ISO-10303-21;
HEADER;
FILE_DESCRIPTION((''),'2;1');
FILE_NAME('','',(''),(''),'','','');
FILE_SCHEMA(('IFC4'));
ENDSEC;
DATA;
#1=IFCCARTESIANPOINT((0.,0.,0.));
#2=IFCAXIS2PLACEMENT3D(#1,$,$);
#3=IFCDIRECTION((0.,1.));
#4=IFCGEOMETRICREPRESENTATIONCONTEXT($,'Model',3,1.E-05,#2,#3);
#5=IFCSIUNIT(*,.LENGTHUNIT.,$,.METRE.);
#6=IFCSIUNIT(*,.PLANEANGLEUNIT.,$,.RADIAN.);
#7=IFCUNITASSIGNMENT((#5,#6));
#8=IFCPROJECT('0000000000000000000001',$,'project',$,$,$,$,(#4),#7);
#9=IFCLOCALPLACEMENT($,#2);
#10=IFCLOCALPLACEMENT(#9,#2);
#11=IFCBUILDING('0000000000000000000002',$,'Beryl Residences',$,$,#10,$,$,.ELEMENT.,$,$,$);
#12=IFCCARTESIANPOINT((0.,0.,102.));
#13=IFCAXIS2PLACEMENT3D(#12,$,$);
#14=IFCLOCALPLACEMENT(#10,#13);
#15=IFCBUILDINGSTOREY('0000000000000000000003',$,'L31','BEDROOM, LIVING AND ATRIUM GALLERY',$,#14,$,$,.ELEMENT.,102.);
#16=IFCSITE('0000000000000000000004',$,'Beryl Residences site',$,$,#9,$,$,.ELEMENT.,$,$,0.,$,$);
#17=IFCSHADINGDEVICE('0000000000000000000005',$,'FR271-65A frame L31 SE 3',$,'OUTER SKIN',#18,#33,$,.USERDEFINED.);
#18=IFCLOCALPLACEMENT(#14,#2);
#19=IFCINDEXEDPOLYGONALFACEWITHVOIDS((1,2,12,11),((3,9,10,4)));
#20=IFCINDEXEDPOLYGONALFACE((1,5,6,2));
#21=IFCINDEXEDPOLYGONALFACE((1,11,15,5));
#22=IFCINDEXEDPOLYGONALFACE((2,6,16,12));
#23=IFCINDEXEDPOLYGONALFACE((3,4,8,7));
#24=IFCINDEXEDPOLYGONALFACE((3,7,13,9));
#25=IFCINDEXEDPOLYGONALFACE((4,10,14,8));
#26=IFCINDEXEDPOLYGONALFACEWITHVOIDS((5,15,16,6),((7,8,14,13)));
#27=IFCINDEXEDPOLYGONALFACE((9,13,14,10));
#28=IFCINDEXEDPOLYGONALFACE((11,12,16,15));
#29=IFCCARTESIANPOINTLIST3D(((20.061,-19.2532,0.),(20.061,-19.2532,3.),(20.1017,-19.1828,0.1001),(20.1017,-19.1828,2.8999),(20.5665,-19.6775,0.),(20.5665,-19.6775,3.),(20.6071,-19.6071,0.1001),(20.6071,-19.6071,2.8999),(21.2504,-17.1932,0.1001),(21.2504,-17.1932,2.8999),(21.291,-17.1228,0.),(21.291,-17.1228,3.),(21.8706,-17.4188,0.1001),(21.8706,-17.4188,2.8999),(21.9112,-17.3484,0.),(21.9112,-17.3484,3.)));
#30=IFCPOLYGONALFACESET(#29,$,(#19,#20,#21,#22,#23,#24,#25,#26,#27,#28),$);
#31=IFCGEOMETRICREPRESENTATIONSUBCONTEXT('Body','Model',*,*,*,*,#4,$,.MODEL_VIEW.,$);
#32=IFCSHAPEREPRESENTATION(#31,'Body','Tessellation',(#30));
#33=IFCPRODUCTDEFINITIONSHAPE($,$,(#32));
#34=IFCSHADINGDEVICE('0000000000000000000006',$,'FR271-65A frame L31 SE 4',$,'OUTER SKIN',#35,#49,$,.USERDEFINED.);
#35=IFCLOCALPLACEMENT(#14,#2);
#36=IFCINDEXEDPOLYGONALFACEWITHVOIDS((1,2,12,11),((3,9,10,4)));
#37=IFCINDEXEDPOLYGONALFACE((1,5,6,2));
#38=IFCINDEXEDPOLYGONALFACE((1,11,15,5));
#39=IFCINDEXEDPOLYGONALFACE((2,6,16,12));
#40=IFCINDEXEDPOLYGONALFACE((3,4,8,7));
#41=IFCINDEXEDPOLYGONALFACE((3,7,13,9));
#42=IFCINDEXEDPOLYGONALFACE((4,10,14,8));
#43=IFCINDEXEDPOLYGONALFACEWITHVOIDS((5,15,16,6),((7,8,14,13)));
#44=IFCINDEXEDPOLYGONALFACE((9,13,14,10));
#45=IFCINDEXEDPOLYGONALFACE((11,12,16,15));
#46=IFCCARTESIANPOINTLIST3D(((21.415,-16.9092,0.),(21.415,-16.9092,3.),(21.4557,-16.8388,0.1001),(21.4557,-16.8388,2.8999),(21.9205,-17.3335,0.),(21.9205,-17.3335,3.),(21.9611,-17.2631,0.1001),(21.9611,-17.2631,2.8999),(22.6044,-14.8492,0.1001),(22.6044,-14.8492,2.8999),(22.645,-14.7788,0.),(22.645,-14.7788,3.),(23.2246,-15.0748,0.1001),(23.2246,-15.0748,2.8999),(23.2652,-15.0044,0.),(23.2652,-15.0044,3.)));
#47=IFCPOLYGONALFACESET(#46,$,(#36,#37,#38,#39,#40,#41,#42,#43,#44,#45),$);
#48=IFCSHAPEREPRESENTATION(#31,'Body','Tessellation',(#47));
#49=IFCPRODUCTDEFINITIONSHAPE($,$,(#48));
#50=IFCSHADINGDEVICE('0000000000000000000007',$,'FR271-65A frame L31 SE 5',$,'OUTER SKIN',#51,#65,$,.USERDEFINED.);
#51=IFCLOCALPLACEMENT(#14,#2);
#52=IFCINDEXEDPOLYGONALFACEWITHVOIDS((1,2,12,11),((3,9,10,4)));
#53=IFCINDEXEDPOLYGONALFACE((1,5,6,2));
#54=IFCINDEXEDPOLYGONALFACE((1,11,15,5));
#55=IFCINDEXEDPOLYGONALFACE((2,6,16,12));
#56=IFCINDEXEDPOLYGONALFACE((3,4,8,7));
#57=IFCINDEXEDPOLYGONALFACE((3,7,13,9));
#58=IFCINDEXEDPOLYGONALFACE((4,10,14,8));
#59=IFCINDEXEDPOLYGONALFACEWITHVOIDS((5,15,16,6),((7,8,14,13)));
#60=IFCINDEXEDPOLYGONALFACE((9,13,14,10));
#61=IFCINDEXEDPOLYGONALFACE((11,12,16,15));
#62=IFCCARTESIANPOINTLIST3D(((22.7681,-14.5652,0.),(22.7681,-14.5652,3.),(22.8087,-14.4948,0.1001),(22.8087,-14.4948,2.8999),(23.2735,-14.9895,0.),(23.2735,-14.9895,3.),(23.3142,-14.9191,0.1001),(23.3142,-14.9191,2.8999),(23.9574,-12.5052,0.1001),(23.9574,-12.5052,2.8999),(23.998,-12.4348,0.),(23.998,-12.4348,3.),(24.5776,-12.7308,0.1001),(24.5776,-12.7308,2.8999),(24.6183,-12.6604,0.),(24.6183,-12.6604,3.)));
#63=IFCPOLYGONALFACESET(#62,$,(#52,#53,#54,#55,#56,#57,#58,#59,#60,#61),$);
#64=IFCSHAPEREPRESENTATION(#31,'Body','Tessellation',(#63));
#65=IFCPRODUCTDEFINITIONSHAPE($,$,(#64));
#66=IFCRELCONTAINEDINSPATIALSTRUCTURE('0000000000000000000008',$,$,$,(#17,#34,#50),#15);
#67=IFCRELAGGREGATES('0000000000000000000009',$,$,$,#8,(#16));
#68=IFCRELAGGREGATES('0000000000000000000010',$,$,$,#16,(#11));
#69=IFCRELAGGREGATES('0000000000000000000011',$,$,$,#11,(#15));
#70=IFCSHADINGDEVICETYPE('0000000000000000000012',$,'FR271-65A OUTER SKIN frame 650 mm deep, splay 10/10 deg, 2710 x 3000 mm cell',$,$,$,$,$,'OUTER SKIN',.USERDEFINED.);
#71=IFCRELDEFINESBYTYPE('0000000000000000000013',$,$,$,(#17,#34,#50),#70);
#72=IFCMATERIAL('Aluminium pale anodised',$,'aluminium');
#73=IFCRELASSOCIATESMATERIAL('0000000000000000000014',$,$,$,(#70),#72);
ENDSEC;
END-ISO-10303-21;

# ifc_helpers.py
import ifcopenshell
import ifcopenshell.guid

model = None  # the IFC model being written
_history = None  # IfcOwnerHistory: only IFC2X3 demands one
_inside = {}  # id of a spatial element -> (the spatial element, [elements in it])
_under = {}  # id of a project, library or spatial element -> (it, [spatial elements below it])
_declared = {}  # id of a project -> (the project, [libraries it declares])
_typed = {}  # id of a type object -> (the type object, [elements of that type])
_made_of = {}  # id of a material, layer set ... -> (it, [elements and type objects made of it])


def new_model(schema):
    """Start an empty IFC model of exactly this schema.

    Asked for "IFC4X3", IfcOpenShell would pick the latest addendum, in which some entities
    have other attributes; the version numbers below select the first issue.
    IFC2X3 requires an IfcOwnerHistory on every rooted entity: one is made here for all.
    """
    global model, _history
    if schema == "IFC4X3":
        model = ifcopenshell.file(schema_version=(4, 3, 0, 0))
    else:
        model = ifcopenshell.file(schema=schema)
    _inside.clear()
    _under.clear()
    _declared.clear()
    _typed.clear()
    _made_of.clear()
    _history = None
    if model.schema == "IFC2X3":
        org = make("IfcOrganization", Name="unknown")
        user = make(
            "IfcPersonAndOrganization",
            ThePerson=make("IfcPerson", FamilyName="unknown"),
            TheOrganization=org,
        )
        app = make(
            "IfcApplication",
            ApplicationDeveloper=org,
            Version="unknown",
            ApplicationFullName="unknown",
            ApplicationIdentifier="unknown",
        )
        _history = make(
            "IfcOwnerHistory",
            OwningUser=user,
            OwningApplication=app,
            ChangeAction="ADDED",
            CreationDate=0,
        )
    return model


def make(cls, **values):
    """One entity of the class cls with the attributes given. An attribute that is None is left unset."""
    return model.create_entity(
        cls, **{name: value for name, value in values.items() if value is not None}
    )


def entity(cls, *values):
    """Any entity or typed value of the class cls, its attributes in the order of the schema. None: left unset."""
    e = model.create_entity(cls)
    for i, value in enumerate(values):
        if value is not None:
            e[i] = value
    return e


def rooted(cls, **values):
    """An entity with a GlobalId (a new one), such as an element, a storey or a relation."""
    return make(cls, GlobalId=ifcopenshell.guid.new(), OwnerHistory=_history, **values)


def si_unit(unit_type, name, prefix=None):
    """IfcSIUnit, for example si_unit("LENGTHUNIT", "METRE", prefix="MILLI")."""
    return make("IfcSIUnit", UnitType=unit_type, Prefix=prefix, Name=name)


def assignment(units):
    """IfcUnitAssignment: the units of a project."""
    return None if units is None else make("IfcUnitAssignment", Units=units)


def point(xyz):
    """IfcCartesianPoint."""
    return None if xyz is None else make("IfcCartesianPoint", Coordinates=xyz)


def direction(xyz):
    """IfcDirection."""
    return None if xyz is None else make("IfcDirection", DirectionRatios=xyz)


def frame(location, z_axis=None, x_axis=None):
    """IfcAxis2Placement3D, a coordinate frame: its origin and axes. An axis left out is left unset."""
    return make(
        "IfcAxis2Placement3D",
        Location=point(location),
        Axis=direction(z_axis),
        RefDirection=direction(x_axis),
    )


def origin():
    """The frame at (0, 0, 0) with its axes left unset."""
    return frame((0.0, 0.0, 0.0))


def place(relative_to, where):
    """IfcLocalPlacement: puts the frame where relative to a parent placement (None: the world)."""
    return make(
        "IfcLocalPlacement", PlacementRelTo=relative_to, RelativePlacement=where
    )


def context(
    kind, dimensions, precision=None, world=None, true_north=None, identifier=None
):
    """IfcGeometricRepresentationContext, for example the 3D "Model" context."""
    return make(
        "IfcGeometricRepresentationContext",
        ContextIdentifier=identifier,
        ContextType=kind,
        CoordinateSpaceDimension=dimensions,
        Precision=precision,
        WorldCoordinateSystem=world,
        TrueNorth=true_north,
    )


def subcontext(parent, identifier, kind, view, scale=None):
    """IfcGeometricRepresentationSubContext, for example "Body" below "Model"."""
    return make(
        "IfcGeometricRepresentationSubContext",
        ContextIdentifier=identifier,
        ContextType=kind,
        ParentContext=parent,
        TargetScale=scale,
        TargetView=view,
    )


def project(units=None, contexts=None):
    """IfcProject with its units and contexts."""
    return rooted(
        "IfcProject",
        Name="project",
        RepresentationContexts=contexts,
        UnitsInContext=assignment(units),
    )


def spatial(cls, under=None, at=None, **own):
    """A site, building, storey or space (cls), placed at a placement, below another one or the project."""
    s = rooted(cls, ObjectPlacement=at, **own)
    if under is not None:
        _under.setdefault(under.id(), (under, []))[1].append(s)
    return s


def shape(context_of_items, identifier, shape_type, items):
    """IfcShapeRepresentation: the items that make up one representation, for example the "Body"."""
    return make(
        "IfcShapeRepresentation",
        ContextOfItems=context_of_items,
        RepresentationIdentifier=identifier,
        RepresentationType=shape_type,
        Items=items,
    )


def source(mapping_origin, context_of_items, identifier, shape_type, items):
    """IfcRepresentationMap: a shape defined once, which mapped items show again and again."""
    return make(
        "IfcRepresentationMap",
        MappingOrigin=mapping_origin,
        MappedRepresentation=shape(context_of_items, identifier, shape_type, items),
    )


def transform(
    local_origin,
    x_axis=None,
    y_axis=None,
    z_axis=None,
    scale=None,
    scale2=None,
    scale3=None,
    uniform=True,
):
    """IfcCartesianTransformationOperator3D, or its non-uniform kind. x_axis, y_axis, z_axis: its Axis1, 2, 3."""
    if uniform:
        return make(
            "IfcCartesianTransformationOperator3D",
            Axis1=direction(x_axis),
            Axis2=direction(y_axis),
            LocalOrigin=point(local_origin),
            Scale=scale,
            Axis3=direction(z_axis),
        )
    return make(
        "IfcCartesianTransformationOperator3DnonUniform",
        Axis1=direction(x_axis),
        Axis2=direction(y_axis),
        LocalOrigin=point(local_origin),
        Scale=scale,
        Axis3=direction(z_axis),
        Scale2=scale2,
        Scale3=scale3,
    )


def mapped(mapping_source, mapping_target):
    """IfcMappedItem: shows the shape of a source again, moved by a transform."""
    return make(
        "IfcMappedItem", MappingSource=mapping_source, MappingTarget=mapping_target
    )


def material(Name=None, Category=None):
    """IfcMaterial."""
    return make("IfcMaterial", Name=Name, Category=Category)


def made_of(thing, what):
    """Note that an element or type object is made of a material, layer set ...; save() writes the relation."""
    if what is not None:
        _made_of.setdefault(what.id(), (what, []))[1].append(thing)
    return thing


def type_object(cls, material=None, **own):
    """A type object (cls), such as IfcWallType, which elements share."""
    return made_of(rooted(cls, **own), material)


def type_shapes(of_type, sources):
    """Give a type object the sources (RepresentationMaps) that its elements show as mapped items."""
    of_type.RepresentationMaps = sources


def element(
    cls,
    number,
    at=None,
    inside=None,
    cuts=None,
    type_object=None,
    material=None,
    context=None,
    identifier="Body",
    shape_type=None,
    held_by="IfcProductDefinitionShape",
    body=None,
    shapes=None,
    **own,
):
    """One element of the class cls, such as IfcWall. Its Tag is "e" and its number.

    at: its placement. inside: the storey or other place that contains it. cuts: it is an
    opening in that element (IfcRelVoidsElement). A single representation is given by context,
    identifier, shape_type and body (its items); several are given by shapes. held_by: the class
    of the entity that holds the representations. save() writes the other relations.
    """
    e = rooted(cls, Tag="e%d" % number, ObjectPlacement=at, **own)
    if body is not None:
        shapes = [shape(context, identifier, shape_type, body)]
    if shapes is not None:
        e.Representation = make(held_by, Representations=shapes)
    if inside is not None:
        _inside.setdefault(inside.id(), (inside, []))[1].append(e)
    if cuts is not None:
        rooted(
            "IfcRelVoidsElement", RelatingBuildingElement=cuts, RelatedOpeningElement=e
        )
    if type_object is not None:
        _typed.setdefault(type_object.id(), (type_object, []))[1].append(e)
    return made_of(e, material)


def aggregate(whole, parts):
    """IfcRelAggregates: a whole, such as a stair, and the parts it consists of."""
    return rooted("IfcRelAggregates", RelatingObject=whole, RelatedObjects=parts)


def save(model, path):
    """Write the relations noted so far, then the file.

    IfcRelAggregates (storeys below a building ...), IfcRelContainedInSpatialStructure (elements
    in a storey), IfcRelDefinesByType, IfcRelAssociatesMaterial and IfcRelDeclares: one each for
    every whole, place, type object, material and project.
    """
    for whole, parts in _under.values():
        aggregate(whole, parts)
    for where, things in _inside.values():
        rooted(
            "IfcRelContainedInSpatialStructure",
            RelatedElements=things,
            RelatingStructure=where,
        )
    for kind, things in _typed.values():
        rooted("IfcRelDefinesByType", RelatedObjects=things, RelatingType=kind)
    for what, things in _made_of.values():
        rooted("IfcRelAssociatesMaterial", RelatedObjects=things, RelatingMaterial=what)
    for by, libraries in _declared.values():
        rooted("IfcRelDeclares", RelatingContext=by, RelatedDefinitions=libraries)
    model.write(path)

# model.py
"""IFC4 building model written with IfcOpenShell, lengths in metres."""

from ifc_helpers import new_model, entity, si_unit, direction, frame, origin, place, context, subcontext, project, spatial, source, transform, mapped, material, type_object, type_shapes, element, save


model = new_model("IFC4")

# Units and contexts
model_context = context("Model", 3, precision=1e-05, world=origin(), true_north=direction((0.0, 1.0)))
body_context = subcontext(model_context, "Body", "Model", "MODEL_VIEW")
ifc_project = project(units=[si_unit("LENGTHUNIT", "METRE"), si_unit("PLANEANGLEUNIT", "RADIAN")], contexts=[model_context])

# Site, building, storey
site_placement = place(None, origin())
site = spatial("IfcSite", under=ifc_project, at=site_placement, Name="Beryl Residences site", CompositionType="ELEMENT", RefElevation=0.0)
building_placement = place(site_placement, origin())
building = spatial("IfcBuilding", under=site, at=building_placement, Name="Beryl Residences", CompositionType="ELEMENT")
storey_placement = place(building_placement, frame((0.0, 0.0, 102.0)))
storey = spatial("IfcBuildingStorey", under=building, at=storey_placement, Name="L31", Description="BEDROOM, LIVING AND ATRIUM GALLERY", CompositionType="ELEMENT", Elevation=102.0)

# Shading devices
ifc_material_1 = material(Name="Aluminium pale anodised", Category="aluminium")
shading_device_type_1 = type_object("IfcShadingDeviceType", Name="FR271-65A OUTER SKIN frame 650 mm deep, splay 10/10 deg, 2710 x 3000 mm cell", ElementType="OUTER SKIN", PredefinedType="USERDEFINED", material=ifc_material_1)
cartesian_point_1 = entity("IfcCartesianPoint", [-1.23, 0.0])
cartesian_point_2 = entity("IfcCartesianPoint", [-1.1487, 0.1001])
cartesian_point_3 = entity("IfcCartesianPoint", [-1.3447, 0.0])
cartesian_point_4 = entity("IfcCartesianPoint", [-1.2634, 0.1001])
shared_shape_1 = source(origin(), body_context, "Body", "SweptSolid", [
    entity("IfcExtrudedAreaSolidTapered", entity("IfcArbitraryProfileDefWithVoids", "AREA", None, entity("IfcPolyline", [cartesian_point_1, entity("IfcCartesianPoint", [1.23, 0.0]), entity("IfcCartesianPoint", [1.23, 3.0]), entity("IfcCartesianPoint", [-1.23, 3.0]), cartesian_point_1]), [entity("IfcPolyline", [cartesian_point_2, entity("IfcCartesianPoint", [1.1487, 0.1001]), entity("IfcCartesianPoint", [1.1487, 2.8999]), entity("IfcCartesianPoint", [-1.1487, 2.8999]), cartesian_point_2])]), entity("IfcAxis2Placement3D", entity("IfcCartesianPoint", [0.0, 0.0, 0.0]), entity("IfcDirection", [0.0, 1.0, 0.0]), entity("IfcDirection", [-1.0, 0.0, 0.0])), entity("IfcDirection", [0.0, 0.0, 1.0]), 0.6499, entity("IfcArbitraryProfileDefWithVoids", "AREA", None, entity("IfcPolyline", [cartesian_point_3, entity("IfcCartesianPoint", [1.3447, 0.0]), entity("IfcCartesianPoint", [1.3447, 3.0]), entity("IfcCartesianPoint", [-1.3447, 3.0]), cartesian_point_3]), [entity("IfcPolyline", [cartesian_point_4, entity("IfcCartesianPoint", [1.2634, 0.1001]), entity("IfcCartesianPoint", [1.2634, 2.8999]), entity("IfcCartesianPoint", [-1.2634, 2.8999]), cartesian_point_4])])),
])
type_shapes(shading_device_type_1, [shared_shape_1])
for number, where, z_axis, x_axis, name in (
    (1, (20.676, -18.188, 0.0), (0.0, 0.0, 1.0), (-0.5, -0.866025, 0.0), "FR271-65A frame L31 SE 3"),
    (2, (22.03, -15.844, 0.0), (0.0, 0.0, 1.0), (-0.5, -0.866025, 0.0), "FR271-65A frame L31 SE 4"),
    (3, (23.3831, -13.5, 0.0), (0.0, 0.0, 1.0), (-0.5, -0.866025, 0.0), "FR271-65A frame L31 SE 5"),
):
    element("IfcShadingDevice", number, at=place(storey_placement, frame(where, z_axis=z_axis, x_axis=x_axis)), inside=storey, type_object=shading_device_type_1, Name=name, ObjectType="OUTER SKIN", PredefinedType="USERDEFINED", context=body_context, shape_type="MappedRepresentation", body=[
        mapped(shared_shape_1, transform((0.0, 0.0, 0.0))),
    ])

save(model, "model.ifc")
